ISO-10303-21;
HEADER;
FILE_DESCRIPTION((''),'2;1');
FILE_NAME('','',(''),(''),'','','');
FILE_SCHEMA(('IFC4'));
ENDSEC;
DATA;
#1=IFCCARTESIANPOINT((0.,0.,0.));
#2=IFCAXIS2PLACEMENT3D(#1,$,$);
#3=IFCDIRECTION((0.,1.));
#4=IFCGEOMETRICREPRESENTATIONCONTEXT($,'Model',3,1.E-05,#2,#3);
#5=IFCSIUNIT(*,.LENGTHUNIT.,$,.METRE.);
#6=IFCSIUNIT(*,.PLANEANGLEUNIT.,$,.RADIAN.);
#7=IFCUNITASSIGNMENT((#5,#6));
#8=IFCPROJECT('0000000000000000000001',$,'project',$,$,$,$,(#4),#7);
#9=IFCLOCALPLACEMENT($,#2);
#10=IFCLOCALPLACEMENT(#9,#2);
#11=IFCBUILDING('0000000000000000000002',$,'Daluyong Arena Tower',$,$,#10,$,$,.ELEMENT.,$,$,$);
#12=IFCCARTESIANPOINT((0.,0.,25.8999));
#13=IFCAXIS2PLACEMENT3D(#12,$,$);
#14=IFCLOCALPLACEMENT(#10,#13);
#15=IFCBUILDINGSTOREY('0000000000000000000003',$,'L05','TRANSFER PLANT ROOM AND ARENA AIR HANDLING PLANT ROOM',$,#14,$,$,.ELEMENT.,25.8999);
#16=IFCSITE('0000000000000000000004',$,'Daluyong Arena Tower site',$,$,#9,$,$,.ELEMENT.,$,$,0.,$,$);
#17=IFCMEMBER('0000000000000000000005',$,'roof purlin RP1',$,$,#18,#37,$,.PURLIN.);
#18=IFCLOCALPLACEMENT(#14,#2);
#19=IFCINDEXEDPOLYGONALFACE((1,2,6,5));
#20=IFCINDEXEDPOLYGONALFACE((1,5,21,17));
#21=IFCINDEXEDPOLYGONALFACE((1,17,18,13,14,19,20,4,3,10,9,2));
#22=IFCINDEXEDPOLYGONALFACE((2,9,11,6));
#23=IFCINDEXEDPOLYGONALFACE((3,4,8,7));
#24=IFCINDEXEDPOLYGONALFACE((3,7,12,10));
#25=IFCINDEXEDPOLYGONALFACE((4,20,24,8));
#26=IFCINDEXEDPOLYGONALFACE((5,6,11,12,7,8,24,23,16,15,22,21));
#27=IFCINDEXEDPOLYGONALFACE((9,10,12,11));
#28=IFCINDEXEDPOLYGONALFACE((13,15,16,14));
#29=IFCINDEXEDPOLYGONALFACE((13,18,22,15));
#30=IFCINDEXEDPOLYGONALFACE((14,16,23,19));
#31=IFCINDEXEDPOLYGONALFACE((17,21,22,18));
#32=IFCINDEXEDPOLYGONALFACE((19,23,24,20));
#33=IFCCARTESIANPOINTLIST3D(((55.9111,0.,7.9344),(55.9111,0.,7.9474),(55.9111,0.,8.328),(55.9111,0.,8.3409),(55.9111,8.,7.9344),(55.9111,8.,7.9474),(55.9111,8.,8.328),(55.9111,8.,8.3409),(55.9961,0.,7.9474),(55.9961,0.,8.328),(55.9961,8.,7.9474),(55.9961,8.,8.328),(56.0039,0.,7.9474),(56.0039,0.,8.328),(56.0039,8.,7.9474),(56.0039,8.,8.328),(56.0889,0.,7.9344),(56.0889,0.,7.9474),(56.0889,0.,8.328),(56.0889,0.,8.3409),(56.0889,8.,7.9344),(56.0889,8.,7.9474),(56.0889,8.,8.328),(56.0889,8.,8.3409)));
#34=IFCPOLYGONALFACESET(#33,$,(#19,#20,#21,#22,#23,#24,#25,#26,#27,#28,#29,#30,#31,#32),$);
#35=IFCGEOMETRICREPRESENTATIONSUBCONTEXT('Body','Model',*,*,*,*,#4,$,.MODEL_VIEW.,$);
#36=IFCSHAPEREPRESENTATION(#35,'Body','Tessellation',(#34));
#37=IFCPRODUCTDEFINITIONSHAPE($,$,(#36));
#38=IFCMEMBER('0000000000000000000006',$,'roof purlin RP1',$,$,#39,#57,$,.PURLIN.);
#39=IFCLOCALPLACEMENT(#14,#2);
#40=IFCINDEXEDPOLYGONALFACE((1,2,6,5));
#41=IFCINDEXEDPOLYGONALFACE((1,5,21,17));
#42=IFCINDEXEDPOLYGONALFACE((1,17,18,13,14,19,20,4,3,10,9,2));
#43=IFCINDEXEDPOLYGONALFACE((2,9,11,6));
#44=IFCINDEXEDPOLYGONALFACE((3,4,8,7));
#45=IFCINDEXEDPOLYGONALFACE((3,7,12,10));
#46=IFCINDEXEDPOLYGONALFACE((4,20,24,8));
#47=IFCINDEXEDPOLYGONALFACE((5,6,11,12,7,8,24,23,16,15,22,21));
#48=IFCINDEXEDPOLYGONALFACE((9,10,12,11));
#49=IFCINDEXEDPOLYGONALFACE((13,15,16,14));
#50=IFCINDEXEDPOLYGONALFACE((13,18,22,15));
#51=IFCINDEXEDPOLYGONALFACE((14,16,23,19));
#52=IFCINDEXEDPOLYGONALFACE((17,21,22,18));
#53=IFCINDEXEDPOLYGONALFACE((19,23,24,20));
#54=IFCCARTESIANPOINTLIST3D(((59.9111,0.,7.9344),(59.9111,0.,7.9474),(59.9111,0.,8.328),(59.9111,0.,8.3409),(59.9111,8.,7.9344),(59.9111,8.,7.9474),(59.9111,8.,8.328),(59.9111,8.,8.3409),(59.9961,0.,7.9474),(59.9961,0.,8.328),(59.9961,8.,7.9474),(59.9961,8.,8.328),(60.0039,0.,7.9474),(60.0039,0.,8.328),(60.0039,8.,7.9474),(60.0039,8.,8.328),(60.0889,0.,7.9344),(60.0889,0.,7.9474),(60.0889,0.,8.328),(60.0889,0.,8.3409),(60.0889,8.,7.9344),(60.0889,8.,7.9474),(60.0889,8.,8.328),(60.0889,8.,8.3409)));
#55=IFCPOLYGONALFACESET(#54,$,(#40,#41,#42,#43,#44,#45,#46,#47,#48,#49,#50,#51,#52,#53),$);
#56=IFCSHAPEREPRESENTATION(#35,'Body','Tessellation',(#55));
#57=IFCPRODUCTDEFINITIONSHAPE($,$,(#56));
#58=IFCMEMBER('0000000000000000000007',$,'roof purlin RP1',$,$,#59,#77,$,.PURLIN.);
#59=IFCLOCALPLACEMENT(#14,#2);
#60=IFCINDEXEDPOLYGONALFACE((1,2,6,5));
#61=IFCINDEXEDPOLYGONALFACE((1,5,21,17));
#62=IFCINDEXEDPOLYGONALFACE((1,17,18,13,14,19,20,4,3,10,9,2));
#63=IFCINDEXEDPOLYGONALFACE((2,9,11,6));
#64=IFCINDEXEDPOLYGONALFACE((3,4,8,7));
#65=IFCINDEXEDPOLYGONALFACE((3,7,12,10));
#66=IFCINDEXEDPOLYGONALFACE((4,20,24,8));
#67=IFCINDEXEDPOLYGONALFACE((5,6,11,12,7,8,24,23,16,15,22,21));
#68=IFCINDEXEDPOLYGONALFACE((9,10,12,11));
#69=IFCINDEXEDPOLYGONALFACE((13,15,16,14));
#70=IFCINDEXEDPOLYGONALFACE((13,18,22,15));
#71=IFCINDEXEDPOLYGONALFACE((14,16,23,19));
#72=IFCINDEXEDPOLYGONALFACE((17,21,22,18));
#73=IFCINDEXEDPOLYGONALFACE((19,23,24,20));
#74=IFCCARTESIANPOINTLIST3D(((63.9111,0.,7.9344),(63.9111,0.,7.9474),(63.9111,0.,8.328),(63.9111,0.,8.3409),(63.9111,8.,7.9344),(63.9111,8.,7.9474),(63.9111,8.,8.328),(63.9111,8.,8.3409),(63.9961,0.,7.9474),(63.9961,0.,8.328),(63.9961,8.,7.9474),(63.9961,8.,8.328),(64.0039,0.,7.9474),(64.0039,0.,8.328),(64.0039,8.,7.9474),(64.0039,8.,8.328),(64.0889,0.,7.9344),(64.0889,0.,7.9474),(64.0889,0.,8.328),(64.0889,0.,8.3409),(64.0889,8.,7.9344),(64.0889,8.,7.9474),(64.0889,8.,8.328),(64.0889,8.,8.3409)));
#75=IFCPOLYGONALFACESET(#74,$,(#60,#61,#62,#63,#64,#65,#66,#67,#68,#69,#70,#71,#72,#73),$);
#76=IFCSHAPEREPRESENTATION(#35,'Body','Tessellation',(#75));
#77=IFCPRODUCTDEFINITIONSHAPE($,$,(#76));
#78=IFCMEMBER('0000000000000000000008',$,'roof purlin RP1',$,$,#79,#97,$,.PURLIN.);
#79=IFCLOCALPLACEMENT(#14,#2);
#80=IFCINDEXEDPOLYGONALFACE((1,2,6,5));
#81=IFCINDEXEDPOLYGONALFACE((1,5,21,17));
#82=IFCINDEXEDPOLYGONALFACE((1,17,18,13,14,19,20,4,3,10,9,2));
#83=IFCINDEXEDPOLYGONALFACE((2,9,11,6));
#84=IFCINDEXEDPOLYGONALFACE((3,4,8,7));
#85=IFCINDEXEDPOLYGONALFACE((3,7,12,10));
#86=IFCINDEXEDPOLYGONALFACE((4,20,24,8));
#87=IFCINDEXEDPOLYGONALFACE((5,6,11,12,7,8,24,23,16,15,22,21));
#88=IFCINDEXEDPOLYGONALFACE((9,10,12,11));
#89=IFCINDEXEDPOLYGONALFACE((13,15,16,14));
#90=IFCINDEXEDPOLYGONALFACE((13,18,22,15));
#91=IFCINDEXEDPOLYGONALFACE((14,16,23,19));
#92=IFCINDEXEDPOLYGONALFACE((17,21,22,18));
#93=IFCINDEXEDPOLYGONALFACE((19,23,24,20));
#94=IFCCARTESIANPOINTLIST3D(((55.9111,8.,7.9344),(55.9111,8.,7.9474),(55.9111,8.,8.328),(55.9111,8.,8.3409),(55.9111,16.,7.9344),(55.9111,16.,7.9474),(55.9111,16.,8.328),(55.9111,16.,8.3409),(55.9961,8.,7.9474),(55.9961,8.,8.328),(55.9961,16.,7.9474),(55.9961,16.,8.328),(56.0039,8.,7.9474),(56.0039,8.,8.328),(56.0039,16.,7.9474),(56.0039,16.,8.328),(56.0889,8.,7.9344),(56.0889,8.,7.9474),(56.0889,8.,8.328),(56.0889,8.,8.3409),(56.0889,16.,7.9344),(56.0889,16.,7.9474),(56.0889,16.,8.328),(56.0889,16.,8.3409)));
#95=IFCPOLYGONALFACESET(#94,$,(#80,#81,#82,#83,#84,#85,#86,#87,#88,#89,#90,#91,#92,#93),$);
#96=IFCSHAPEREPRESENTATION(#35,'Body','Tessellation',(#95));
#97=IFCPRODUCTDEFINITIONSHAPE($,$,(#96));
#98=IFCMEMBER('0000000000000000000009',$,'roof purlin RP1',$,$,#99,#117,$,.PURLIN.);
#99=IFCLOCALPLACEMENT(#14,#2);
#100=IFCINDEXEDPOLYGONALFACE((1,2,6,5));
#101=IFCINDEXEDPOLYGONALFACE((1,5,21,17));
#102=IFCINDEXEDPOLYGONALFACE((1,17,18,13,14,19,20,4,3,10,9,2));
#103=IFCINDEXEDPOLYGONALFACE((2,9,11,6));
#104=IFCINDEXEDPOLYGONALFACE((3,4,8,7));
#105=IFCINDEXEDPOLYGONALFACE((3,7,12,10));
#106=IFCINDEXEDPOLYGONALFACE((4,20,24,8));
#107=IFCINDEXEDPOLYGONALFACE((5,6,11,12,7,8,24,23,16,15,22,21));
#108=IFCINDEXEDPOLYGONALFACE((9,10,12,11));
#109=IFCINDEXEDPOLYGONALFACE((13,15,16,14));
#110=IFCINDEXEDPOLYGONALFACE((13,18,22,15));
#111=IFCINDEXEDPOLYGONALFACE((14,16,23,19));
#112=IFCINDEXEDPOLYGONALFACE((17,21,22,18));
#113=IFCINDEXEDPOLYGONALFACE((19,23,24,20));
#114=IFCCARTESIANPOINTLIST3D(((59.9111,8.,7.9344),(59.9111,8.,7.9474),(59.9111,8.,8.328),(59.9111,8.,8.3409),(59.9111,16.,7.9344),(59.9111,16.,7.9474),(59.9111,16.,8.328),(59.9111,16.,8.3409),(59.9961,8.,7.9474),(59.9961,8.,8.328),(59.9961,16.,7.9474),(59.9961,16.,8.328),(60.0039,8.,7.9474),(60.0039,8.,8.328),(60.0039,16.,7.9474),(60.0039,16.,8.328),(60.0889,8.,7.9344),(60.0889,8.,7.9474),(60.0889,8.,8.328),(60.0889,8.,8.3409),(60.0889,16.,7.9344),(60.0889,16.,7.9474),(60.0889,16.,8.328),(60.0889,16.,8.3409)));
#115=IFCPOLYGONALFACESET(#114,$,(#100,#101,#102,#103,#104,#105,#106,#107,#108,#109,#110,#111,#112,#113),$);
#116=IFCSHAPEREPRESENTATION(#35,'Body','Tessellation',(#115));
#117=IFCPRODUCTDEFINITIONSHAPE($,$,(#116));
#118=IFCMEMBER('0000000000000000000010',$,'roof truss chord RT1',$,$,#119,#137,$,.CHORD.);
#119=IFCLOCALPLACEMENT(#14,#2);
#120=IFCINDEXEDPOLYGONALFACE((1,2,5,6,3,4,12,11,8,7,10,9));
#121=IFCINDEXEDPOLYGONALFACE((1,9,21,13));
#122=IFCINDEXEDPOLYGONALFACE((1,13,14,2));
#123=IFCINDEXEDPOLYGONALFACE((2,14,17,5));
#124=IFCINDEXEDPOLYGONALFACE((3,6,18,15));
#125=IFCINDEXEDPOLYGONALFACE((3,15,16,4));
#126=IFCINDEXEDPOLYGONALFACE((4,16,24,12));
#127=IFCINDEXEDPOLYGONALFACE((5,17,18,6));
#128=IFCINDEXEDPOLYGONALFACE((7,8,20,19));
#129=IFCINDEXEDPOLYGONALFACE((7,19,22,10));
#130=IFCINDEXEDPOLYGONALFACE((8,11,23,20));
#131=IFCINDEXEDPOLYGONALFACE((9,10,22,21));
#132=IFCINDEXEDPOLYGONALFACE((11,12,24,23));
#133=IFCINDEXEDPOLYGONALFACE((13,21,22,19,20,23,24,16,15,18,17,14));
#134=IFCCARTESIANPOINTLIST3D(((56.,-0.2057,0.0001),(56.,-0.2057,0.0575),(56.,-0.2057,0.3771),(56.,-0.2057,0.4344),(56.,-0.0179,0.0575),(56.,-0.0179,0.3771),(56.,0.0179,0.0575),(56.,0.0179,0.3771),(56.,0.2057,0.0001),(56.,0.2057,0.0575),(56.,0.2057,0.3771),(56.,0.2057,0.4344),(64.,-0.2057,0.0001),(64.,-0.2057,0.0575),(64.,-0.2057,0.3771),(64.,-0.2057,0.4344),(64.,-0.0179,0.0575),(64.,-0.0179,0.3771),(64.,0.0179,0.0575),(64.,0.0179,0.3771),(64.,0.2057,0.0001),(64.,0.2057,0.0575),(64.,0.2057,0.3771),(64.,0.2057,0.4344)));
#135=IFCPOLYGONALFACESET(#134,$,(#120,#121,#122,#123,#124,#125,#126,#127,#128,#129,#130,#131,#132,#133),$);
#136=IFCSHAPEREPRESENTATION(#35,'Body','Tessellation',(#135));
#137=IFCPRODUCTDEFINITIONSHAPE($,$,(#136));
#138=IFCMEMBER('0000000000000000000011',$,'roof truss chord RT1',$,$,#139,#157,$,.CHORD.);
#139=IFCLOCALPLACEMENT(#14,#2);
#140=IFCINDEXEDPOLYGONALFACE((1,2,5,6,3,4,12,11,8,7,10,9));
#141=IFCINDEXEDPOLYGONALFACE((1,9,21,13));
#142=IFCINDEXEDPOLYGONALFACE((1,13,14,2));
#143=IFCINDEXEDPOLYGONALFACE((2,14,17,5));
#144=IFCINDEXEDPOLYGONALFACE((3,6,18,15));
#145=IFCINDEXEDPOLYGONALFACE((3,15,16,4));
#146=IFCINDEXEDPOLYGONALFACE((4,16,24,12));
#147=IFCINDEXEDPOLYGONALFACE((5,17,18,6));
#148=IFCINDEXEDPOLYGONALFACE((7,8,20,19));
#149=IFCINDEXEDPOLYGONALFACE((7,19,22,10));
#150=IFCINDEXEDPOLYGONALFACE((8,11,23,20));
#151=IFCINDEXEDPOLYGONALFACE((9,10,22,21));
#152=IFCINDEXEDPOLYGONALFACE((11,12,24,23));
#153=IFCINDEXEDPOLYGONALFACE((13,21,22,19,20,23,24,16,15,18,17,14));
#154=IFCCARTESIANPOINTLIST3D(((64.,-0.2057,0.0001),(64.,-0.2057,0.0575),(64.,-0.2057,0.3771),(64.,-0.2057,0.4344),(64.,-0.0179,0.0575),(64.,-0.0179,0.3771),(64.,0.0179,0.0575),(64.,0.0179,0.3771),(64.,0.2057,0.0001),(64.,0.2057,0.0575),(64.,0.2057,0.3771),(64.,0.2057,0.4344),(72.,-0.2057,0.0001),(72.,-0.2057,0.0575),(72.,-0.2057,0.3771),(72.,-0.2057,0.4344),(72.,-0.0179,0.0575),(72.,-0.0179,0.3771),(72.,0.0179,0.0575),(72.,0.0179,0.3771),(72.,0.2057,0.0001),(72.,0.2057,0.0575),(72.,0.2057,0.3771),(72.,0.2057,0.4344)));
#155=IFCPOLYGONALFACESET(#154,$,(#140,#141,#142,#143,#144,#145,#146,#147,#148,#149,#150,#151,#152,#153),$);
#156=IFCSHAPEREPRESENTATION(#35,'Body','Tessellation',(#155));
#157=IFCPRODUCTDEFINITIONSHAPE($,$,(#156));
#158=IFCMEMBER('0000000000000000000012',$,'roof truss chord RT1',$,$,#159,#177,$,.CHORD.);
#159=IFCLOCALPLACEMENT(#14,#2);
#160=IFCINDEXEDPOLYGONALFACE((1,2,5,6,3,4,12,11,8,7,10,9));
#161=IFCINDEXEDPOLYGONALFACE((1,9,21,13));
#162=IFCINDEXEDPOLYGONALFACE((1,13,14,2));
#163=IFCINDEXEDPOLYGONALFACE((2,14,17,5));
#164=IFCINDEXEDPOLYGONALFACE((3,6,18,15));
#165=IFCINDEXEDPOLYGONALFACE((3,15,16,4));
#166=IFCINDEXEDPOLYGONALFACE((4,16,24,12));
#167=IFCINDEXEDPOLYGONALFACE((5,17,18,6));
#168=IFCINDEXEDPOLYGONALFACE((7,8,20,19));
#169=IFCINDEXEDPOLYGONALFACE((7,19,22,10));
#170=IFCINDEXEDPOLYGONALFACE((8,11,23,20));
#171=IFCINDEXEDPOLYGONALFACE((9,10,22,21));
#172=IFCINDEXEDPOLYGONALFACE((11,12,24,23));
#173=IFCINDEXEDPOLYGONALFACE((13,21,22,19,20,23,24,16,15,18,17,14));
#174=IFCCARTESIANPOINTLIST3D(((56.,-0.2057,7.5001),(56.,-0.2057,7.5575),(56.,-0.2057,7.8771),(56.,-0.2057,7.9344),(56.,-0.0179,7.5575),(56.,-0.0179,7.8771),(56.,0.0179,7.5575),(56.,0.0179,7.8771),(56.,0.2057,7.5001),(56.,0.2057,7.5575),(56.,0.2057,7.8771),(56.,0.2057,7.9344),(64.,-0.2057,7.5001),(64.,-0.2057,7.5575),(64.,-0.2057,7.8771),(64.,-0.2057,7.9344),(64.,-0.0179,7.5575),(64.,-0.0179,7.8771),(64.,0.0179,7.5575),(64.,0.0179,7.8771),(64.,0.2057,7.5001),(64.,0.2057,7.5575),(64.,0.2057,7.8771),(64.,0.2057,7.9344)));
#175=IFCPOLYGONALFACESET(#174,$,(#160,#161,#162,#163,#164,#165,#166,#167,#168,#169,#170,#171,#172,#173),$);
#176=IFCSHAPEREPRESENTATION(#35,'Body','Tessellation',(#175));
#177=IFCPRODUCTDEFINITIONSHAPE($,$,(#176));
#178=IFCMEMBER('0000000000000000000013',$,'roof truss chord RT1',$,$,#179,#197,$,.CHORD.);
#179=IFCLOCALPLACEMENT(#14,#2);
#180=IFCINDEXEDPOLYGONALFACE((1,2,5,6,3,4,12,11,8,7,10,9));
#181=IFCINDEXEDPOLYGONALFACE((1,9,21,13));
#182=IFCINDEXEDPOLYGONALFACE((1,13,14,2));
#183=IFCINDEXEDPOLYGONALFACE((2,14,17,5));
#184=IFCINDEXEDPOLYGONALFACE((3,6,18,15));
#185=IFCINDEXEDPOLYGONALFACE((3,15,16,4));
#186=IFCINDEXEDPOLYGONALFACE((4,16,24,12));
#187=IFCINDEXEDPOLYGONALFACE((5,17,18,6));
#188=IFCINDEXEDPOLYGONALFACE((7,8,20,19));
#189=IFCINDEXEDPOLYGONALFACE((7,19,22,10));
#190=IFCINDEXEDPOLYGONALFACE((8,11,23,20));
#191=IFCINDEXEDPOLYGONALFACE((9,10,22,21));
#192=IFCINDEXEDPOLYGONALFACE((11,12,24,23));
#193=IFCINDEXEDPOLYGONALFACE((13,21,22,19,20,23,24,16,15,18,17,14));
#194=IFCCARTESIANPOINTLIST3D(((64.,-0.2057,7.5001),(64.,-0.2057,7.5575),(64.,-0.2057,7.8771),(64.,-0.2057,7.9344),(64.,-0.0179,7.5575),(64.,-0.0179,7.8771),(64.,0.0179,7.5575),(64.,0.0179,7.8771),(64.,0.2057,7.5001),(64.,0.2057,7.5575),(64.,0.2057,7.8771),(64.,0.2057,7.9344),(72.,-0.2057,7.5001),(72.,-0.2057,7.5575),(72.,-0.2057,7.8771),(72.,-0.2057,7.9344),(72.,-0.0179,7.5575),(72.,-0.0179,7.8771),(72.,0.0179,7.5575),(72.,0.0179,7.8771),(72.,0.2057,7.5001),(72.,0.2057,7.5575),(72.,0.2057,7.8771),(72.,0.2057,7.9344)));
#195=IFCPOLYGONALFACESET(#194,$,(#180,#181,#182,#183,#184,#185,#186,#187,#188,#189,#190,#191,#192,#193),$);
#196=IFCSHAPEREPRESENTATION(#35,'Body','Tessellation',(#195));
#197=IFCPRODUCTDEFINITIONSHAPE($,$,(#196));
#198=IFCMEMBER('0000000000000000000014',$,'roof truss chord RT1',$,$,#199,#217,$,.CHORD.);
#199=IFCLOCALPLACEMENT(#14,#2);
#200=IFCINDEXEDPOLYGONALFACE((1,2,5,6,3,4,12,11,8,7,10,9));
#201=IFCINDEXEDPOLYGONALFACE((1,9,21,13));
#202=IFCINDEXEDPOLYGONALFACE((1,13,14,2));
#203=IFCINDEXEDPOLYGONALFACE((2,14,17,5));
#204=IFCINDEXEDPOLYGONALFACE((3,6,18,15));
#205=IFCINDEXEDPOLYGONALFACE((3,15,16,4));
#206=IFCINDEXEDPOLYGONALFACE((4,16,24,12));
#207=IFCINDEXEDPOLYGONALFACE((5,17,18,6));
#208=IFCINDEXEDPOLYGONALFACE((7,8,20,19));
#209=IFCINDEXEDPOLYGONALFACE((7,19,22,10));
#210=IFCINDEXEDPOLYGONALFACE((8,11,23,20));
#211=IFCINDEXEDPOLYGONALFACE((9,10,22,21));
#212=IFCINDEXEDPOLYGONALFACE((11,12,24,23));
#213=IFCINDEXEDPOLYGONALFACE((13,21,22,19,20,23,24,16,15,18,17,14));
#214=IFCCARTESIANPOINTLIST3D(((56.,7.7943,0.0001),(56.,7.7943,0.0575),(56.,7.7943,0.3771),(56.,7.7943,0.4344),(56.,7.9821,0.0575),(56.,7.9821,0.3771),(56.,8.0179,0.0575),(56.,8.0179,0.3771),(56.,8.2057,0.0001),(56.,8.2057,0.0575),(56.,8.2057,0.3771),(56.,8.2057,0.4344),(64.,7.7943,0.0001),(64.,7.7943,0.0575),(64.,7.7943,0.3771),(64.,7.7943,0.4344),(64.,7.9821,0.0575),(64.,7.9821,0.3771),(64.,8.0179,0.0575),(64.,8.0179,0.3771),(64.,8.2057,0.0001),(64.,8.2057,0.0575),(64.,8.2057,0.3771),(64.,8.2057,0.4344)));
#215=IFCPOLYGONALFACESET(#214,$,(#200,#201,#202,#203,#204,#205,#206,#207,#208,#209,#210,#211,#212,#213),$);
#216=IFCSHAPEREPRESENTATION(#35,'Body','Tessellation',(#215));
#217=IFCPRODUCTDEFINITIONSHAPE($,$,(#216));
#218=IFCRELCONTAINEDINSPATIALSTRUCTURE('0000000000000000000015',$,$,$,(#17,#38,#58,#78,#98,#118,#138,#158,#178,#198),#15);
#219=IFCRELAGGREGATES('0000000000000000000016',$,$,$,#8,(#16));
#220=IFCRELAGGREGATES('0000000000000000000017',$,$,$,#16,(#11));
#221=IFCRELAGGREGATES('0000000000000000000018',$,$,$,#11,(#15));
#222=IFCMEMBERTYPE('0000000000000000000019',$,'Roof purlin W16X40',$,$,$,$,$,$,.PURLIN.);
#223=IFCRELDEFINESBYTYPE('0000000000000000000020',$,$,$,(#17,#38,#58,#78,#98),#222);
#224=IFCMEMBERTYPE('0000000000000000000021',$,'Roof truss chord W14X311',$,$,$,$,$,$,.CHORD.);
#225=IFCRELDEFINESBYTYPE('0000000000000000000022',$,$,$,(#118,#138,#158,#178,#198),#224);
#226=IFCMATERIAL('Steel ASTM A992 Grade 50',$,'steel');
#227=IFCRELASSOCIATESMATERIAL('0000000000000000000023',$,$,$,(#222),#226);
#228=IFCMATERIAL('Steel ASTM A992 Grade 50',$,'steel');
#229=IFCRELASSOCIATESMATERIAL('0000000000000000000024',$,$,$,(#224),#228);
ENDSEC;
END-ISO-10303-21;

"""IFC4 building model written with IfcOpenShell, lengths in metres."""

from ifc_helpers import new_model, si_unit, direction, frame, origin, origin_2d, place, context, subcontext, project, spatial, i_section, extrude, material, material_profile, profile_set, type_object, element, save


model = new_model("IFC4")

# Units and contexts
model_context = context("Model", 3, precision=1e-05, world=origin(), true_north=direction((0.0, 1.0)))
body_context = subcontext(model_context, "Body", "Model", "MODEL_VIEW")
ifc_project = project(units=[si_unit("LENGTHUNIT", "METRE"), si_unit("PLANEANGLEUNIT", "RADIAN")], contexts=[model_context])

# Site, building, storey
site_placement = place(None, origin())
site = spatial("IfcSite", under=ifc_project, at=site_placement, Name="Daluyong Arena Tower site", CompositionType="ELEMENT", RefElevation=0.0)
building_placement = place(site_placement, origin())
building = spatial("IfcBuilding", under=site, at=building_placement, Name="Daluyong Arena Tower", CompositionType="ELEMENT")
storey_placement = place(building_placement, frame((0.0, 0.0, 25.8999)))
storey = spatial("IfcBuildingStorey", under=building, at=storey_placement, Name="L05", Description="TRANSFER PLANT ROOM AND ARENA AIR HANDLING PLANT ROOM", CompositionType="ELEMENT", Elevation=25.8999)

# Members
ifc_material_1 = material(Name="Steel ASTM A992 Grade 50", Category="steel")
ifc_material_profile_1 = material_profile(ifc_material_1, i_section(OverallWidth=0.1777, OverallDepth=0.4065, WebThickness=0.0078, FlangeThickness=0.0129, at=origin_2d()))
ifc_profile_set_1 = profile_set([ifc_material_profile_1], Name="Steel ASTM A992 Grade 50")
member_type_1 = type_object("IfcMemberType", Name="Roof purlin W16X40", PredefinedType="PURLIN", material=ifc_profile_set_1)
for number, where, z_axis, x_axis, name in (
    (1, (56.0, 0.0, 8.1377), (0.0, 1.0, 0.0), (-1.0, 0.0, 0.0), "roof purlin RP1"),
    (2, (60.0, 0.0, 8.1377), (0.0, 1.0, 0.0), (-1.0, 0.0, 0.0), "roof purlin RP1"),
    (3, (64.0, 0.0, 8.1377), (0.0, 1.0, 0.0), (-1.0, 0.0, 0.0), "roof purlin RP1"),
    (4, (56.0, 8.0, 8.1377), (0.0, 1.0, 0.0), (-1.0, 0.0, 0.0), "roof purlin RP1"),
    (5, (60.0, 8.0, 8.1377), (0.0, 1.0, 0.0), (-1.0, 0.0, 0.0), "roof purlin RP1"),
):
    element("IfcMember", number, at=place(storey_placement, frame(where, z_axis=z_axis, x_axis=x_axis)), inside=storey, type_object=member_type_1, Name=name, PredefinedType="PURLIN", context=body_context, shape_type="SweptSolid", body=[
        extrude(i_section(OverallWidth=0.1777, OverallDepth=0.4065, WebThickness=0.0078, FlangeThickness=0.0129, at=origin_2d()), origin(), (0.0, 0.0, 1.0), 8.0),
    ])
ifc_material_2 = material(Name="Steel ASTM A992 Grade 50", Category="steel")
ifc_material_profile_2 = material_profile(ifc_material_2, i_section(OverallWidth=0.4114, OverallDepth=0.4343, WebThickness=0.0359, FlangeThickness=0.0574, at=origin_2d()))
ifc_profile_set_2 = profile_set([ifc_material_profile_2], Name="Steel ASTM A992 Grade 50")
member_type_2 = type_object("IfcMemberType", Name="Roof truss chord W14X311", PredefinedType="CHORD", material=ifc_profile_set_2)
for number, where, z_axis, x_axis, name in (
    (6, (56.0, 0.0, 0.2173), (1.0, 0.0, 0.0), (0.0, 1.0, 0.0), "roof truss chord RT1"),
    (7, (64.0, 0.0, 0.2173), (1.0, 0.0, 0.0), (0.0, 1.0, 0.0), "roof truss chord RT1"),
    (8, (56.0, 0.0, 7.7173), (1.0, 0.0, 0.0), (0.0, 1.0, 0.0), "roof truss chord RT1"),
    (9, (64.0, 0.0, 7.7173), (1.0, 0.0, 0.0), (0.0, 1.0, 0.0), "roof truss chord RT1"),
    (10, (56.0, 8.0, 0.2173), (1.0, 0.0, 0.0), (0.0, 1.0, 0.0), "roof truss chord RT1"),
):
    element("IfcMember", number, at=place(storey_placement, frame(where, z_axis=z_axis, x_axis=x_axis)), inside=storey, type_object=member_type_2, Name=name, PredefinedType="CHORD", context=body_context, shape_type="SweptSolid", body=[
        extrude(i_section(OverallWidth=0.4114, OverallDepth=0.4343, WebThickness=0.0359, FlangeThickness=0.0574, at=origin_2d()), origin(), (0.0, 0.0, 1.0), 8.0),
    ])

save(model, "model.ifc")
